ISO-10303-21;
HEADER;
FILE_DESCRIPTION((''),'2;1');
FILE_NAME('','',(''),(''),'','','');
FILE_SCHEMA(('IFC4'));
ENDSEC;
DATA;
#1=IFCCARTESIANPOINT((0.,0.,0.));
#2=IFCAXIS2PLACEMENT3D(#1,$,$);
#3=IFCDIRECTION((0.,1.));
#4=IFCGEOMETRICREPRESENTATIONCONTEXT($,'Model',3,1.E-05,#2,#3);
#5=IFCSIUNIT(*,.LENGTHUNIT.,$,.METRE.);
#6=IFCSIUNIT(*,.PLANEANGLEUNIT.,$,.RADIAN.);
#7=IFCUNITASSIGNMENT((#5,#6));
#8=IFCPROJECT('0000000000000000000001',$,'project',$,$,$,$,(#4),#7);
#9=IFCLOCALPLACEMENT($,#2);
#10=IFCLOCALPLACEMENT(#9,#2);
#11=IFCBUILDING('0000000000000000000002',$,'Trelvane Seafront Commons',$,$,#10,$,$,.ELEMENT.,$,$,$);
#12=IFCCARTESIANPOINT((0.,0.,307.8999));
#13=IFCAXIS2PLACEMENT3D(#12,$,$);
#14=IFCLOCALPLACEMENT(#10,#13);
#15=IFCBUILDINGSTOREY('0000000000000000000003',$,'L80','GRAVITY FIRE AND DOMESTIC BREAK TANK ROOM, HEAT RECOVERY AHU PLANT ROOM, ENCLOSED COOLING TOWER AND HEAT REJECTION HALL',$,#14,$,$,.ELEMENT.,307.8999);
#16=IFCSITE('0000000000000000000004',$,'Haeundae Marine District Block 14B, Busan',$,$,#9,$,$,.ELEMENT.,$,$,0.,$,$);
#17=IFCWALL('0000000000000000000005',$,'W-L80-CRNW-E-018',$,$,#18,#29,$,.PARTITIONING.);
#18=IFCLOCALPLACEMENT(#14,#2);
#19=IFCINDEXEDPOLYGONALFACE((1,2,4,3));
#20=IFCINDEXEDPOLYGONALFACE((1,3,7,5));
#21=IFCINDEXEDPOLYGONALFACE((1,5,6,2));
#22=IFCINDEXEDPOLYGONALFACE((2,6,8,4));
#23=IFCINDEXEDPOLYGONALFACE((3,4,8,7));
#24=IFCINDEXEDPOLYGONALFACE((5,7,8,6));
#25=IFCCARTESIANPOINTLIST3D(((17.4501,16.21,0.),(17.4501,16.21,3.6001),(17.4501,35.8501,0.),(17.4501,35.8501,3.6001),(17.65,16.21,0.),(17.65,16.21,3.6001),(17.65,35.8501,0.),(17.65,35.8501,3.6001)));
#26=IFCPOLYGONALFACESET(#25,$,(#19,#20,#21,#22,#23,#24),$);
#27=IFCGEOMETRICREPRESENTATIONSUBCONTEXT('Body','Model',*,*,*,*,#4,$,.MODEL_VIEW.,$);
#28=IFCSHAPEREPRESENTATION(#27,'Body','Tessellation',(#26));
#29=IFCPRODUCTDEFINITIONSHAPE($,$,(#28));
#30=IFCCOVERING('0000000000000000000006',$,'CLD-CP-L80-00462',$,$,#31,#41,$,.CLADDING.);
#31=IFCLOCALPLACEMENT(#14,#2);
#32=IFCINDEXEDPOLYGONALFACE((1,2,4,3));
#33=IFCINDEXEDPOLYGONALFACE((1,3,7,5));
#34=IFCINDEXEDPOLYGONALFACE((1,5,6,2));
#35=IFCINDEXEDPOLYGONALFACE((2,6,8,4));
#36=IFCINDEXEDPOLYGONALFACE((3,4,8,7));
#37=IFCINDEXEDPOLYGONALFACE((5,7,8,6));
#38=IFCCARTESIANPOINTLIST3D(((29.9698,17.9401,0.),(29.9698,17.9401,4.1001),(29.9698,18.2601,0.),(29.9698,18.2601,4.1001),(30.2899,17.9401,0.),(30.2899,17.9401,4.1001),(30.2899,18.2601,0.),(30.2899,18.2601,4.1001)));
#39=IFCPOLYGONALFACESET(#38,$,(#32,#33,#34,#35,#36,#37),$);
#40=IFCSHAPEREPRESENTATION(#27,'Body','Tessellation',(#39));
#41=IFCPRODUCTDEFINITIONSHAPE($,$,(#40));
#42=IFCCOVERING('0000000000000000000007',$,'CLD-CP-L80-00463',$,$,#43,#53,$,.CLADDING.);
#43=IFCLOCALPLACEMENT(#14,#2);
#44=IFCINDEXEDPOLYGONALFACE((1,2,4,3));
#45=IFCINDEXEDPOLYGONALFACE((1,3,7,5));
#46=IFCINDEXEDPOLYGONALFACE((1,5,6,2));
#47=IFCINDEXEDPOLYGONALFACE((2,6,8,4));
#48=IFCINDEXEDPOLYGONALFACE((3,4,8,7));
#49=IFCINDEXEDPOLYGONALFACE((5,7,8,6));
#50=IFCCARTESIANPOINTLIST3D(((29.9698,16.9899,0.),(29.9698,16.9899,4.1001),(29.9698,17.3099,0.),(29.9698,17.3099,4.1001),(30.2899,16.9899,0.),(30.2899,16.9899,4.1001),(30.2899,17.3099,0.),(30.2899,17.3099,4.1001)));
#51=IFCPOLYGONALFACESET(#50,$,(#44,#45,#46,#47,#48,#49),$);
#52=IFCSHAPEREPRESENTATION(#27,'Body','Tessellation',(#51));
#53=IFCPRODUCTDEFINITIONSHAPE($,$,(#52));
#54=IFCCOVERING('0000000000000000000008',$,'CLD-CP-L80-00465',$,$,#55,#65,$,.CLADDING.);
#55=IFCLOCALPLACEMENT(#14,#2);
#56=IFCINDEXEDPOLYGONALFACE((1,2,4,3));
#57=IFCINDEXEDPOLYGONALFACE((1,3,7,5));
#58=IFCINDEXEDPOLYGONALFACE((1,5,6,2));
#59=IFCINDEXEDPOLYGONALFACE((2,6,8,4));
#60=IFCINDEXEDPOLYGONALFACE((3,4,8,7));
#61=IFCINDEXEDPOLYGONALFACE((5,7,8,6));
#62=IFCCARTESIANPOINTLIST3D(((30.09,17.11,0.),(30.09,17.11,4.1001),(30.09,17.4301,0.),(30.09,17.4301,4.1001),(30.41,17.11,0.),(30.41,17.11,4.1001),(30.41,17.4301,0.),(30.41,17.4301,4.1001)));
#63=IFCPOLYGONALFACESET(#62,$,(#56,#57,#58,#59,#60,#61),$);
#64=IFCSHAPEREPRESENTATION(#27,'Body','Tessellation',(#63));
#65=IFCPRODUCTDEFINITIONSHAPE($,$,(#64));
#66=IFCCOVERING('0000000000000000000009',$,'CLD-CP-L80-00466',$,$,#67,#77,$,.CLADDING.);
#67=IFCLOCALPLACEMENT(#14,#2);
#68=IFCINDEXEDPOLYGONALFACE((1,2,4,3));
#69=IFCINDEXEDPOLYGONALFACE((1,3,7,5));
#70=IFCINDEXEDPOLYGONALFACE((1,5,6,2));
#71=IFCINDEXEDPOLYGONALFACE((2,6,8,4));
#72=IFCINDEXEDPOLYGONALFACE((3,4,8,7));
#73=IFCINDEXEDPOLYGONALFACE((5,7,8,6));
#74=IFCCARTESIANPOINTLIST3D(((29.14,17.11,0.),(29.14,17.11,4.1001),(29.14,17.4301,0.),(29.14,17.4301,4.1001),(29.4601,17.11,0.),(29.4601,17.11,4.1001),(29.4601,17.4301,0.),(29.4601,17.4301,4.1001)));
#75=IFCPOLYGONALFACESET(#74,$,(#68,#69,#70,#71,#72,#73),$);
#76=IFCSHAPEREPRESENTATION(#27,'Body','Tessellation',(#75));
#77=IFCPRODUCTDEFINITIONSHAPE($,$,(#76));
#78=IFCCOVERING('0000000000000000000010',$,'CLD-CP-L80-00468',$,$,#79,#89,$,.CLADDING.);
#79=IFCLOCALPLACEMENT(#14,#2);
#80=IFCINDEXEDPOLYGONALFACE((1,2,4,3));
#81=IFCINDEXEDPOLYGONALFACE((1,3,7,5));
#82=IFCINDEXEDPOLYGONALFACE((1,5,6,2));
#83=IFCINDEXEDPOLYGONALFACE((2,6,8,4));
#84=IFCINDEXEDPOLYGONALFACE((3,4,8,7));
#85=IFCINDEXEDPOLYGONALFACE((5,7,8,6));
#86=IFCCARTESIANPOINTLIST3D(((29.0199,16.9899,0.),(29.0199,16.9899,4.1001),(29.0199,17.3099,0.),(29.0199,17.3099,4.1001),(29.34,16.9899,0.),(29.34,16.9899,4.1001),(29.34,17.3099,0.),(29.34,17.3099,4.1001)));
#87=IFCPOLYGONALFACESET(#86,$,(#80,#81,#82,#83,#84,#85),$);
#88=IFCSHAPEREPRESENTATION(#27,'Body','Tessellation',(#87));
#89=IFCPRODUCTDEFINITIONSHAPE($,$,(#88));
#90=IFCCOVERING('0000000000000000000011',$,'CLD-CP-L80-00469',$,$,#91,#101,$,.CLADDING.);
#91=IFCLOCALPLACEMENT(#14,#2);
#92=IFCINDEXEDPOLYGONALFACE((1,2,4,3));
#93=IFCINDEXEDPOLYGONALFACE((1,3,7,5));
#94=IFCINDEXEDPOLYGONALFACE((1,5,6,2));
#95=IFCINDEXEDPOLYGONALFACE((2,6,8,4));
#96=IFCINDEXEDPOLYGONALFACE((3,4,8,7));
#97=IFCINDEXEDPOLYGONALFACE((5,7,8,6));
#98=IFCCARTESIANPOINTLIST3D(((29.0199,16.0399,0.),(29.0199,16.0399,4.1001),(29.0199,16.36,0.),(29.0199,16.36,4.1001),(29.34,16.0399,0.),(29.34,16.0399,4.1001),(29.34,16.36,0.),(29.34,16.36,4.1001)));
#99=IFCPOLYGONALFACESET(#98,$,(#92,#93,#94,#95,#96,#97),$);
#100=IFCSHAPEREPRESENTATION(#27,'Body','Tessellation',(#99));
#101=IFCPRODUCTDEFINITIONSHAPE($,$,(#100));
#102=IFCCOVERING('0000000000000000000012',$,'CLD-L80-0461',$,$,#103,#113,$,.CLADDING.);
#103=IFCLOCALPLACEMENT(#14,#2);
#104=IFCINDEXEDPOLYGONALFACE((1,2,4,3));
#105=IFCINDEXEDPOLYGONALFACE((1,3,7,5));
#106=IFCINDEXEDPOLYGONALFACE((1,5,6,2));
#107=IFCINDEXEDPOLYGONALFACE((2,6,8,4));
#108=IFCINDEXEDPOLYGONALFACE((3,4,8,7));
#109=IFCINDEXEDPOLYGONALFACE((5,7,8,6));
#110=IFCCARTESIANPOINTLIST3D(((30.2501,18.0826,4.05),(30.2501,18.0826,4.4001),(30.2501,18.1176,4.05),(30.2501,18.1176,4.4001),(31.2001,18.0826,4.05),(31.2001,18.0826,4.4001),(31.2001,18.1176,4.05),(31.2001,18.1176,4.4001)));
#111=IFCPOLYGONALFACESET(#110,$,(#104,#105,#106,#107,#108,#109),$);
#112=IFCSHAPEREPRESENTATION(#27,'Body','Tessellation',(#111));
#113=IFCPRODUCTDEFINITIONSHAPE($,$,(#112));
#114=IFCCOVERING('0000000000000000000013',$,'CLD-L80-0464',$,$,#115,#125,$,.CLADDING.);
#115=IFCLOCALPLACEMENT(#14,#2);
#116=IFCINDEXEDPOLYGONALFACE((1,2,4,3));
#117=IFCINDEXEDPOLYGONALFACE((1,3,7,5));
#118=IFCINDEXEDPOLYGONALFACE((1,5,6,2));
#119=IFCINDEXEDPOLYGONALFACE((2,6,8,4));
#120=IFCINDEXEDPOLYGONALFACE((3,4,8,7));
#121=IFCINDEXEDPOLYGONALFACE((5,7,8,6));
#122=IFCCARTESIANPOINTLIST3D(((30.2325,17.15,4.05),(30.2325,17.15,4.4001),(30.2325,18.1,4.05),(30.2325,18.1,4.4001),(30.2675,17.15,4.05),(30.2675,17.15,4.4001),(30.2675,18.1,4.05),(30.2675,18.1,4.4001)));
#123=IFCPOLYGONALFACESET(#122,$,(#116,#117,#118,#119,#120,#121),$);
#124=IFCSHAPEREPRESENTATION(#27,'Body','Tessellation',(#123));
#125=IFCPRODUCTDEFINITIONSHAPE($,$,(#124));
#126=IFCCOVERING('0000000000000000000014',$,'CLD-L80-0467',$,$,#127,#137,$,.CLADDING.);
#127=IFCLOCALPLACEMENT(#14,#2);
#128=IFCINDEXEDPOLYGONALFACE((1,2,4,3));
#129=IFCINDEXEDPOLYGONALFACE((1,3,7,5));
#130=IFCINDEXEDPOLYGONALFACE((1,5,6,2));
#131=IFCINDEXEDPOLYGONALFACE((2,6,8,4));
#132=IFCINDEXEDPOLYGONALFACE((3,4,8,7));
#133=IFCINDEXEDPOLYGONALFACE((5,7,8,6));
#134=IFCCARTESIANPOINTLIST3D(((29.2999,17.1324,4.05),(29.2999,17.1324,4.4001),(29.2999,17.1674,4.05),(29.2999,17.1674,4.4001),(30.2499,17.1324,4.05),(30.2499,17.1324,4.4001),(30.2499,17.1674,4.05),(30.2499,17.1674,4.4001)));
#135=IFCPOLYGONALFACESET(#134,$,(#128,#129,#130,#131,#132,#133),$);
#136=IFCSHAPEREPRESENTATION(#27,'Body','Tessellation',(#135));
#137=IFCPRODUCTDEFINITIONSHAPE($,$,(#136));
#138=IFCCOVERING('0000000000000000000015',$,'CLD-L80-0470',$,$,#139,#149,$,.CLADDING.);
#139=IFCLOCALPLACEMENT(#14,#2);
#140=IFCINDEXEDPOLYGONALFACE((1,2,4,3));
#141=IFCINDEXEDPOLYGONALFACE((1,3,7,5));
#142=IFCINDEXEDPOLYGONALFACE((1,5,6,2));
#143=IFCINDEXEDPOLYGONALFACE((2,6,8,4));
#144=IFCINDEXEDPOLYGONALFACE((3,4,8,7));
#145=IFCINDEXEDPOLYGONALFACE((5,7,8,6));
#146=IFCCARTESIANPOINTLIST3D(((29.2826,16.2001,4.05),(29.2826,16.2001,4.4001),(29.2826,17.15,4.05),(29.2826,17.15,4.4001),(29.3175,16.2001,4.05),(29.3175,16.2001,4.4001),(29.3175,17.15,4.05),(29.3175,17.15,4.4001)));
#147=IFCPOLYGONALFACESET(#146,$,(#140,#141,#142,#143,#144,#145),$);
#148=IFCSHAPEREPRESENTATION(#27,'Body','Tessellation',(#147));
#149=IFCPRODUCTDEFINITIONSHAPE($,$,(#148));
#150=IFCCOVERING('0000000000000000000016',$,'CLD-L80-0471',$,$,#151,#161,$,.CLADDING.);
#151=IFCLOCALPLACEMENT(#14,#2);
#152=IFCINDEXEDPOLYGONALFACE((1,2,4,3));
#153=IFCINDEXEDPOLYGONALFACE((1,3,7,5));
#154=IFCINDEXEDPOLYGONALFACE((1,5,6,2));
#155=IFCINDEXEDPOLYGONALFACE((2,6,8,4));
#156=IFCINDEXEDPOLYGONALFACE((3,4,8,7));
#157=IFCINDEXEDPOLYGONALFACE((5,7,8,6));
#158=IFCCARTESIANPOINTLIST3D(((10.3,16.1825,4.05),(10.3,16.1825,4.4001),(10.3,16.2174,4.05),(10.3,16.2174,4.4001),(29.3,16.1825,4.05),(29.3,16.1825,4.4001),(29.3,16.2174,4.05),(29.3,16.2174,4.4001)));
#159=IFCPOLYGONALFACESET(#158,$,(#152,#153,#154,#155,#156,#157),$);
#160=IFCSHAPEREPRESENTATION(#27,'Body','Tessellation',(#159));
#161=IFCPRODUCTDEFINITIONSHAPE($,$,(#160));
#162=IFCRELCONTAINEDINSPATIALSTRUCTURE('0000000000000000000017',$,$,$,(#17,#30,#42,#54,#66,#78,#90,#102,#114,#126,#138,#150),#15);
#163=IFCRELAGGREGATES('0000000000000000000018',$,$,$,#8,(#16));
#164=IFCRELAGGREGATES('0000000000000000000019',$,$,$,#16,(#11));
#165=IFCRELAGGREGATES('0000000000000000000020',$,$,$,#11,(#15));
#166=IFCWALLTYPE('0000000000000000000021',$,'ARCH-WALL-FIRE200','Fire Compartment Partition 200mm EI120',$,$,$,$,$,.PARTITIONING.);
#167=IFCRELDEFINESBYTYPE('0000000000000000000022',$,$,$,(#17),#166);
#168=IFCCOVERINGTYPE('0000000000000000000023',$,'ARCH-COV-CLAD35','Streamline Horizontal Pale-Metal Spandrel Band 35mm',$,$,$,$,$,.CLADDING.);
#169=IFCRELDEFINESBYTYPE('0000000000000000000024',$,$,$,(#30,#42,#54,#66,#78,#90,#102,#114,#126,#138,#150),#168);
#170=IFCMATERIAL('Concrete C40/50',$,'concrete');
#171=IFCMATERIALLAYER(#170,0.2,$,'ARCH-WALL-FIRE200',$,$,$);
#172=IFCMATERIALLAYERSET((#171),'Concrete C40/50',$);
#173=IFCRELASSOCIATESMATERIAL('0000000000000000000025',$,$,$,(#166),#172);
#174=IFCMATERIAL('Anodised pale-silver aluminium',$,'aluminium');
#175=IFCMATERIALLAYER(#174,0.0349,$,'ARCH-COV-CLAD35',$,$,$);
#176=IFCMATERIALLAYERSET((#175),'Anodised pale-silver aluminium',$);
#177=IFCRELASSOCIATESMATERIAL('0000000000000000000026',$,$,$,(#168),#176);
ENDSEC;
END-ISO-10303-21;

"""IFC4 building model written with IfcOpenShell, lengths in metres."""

from ifc_helpers import new_model, si_unit, direction, frame, frame_2d, origin, origin_2d, place, context, subcontext, project, spatial, rectangle, extrude, source, transform, mapped, material, layer, layer_set, type_object, element, save


model = new_model("IFC4")

# Units and contexts
model_context = context("Model", 3, precision=1e-05, world=origin(), true_north=direction((0.0, 1.0)))
body_context = subcontext(model_context, "Body", "Model", "MODEL_VIEW")
ifc_project = project(units=[si_unit("LENGTHUNIT", "METRE"), si_unit("PLANEANGLEUNIT", "RADIAN")], contexts=[model_context])

# Site, building, storey
site_placement = place(None, origin())
site = spatial("IfcSite", under=ifc_project, at=site_placement, Name="Haeundae Marine District Block 14B, Busan", CompositionType="ELEMENT", RefElevation=0.0)
building_placement = place(site_placement, origin())
building = spatial("IfcBuilding", under=site, at=building_placement, Name="Trelvane Seafront Commons", CompositionType="ELEMENT")
storey_placement = place(building_placement, frame((0.0, 0.0, 307.8999)))
storey = spatial("IfcBuildingStorey", under=building, at=storey_placement, Name="L80", Description="GRAVITY FIRE AND DOMESTIC BREAK TANK ROOM, HEAT RECOVERY AHU PLANT ROOM, ENCLOSED COOLING TOWER AND HEAT REJECTION HALL", CompositionType="ELEMENT", Elevation=307.8999)

# Shared definitions
ifc_material_1 = material(Name="Anodised pale-silver aluminium", Category="aluminium")

# Wall
ifc_material_2 = material(Name="Concrete C40/50", Category="concrete")
ifc_layer_1 = layer(ifc_material_2, 0.2, Name="ARCH-WALL-FIRE200")
ifc_layer_set_1 = layer_set([ifc_layer_1], Name="Concrete C40/50")
wall_type_1 = type_object("IfcWallType", Name="ARCH-WALL-FIRE200", Description="Fire Compartment Partition 200mm EI120", PredefinedType="PARTITIONING", material=ifc_layer_set_1)
wall_1_placement = place(storey_placement, frame((17.55, 16.21, 0.0), z_axis=(0.0, 0.0, 1.0), x_axis=(0.0, 1.0, 0.0)))
element("IfcWall", 1, at=wall_1_placement, inside=storey, type_object=wall_type_1, Name="W-L80-CRNW-E-018", PredefinedType="PARTITIONING", context=body_context, shape_type="SweptSolid", body=[
    extrude(rectangle(XDim=19.6401, YDim=0.2, at=frame_2d((9.8201, 0.0))), origin(), (0.0, 0.0, 1.0), 3.6001),
])

# Coverings
ifc_layer_2 = layer(ifc_material_1, 0.0349, Name="ARCH-COV-CLAD35")
ifc_layer_set_2 = layer_set([ifc_layer_2], Name="Anodised pale-silver aluminium")
covering_type = type_object("IfcCoveringType", Name="ARCH-COV-CLAD35", Description="Streamline Horizontal Pale-Metal Spandrel Band 35mm", PredefinedType="CLADDING", material=ifc_layer_set_2)
shared_shape_1 = source(origin(), body_context, "Body", "SweptSolid", [
    extrude(rectangle(XDim=0.3201, YDim=0.3201, at=origin_2d()), origin(), (0.0, 0.0, 1.0), 4.1001),
])
for number, where, z_axis, x_axis, name in (
    (2, (30.1299, 18.1001, 0.0), (0.0, 0.0, 1.0), (1.0, 0.0, 0.0), "CLD-CP-L80-00462"),
    (3, (30.1299, 17.1499, 0.0), (0.0, 0.0, 1.0), (1.0, 0.0, 0.0), "CLD-CP-L80-00463"),
    (4, (30.25, 17.27, 0.0), (0.0, 0.0, 1.0), (1.0, 0.0, 0.0), "CLD-CP-L80-00465"),
    (5, (29.3, 17.27, 0.0), (0.0, 0.0, 1.0), (1.0, 0.0, 0.0), "CLD-CP-L80-00466"),
    (6, (29.1799, 17.1499, 0.0), (0.0, 0.0, 1.0), (1.0, 0.0, 0.0), "CLD-CP-L80-00468"),
    (7, (29.1799, 16.2, 0.0), (0.0, 0.0, 1.0), (1.0, 0.0, 0.0), "CLD-CP-L80-00469"),
):
    element("IfcCovering", number, at=place(storey_placement, frame(where, z_axis=z_axis, x_axis=x_axis)), inside=storey, type_object=covering_type, Name=name, PredefinedType="CLADDING", context=body_context, shape_type="MappedRepresentation", body=[
        mapped(shared_shape_1, transform((0.0, 0.0, 0.0), x_axis=(1.0, 0.0, 0.0), y_axis=(0.0, 1.0, 0.0), z_axis=(0.0, 0.0, 1.0), scale=1.0)),
    ])
shared_shape_2 = source(origin(), body_context, "Body", "SweptSolid", [
    extrude(rectangle(XDim=0.95, YDim=0.0349, at=origin_2d()), origin(), (0.0, 0.0, 1.0), 0.3501),
])
for number, where, z_axis, x_axis, name in (
    (8, (30.7251, 18.1001, 4.05), (0.0, 0.0, 1.0), (-1.0, 0.0, 0.0), "CLD-L80-0461"),
    (9, (30.25, 17.625, 4.05), (0.0, 0.0, 1.0), (0.0, -1.0, 0.0), "CLD-L80-0464"),
    (10, (29.7749, 17.1499, 4.05), (0.0, 0.0, 1.0), (-1.0, 0.0, 0.0), "CLD-L80-0467"),
    (11, (29.3, 16.675, 4.05), (0.0, 0.0, 1.0), (0.0, -1.0, 0.0), "CLD-L80-0470"),
):
    element("IfcCovering", number, at=place(storey_placement, frame(where, z_axis=z_axis, x_axis=x_axis)), inside=storey, type_object=covering_type, Name=name, PredefinedType="CLADDING", context=body_context, shape_type="MappedRepresentation", body=[
        mapped(shared_shape_2, transform((0.0, 0.0, 0.0), x_axis=(1.0, 0.0, 0.0), y_axis=(0.0, 1.0, 0.0), z_axis=(0.0, 0.0, 1.0), scale=1.0)),
    ])
shared_shape_3 = source(origin(), body_context, "Body", "SweptSolid", [
    extrude(rectangle(XDim=19.0, YDim=0.0349, at=origin_2d()), origin(), (0.0, 0.0, 1.0), 0.3501),
])
covering_placement = place(storey_placement, frame((19.8, 16.2, 4.05), z_axis=(0.0, 0.0, 1.0), x_axis=(-1.0, 0.0, 0.0)))
element("IfcCovering", 12, at=covering_placement, inside=storey, type_object=covering_type, Name="CLD-L80-0471", PredefinedType="CLADDING", context=body_context, shape_type="MappedRepresentation", body=[
    mapped(shared_shape_3, transform((0.0, 0.0, 0.0), x_axis=(1.0, 0.0, 0.0), y_axis=(0.0, 1.0, 0.0), z_axis=(0.0, 0.0, 1.0), scale=1.0)),
])

save(model, "model.ifc")
